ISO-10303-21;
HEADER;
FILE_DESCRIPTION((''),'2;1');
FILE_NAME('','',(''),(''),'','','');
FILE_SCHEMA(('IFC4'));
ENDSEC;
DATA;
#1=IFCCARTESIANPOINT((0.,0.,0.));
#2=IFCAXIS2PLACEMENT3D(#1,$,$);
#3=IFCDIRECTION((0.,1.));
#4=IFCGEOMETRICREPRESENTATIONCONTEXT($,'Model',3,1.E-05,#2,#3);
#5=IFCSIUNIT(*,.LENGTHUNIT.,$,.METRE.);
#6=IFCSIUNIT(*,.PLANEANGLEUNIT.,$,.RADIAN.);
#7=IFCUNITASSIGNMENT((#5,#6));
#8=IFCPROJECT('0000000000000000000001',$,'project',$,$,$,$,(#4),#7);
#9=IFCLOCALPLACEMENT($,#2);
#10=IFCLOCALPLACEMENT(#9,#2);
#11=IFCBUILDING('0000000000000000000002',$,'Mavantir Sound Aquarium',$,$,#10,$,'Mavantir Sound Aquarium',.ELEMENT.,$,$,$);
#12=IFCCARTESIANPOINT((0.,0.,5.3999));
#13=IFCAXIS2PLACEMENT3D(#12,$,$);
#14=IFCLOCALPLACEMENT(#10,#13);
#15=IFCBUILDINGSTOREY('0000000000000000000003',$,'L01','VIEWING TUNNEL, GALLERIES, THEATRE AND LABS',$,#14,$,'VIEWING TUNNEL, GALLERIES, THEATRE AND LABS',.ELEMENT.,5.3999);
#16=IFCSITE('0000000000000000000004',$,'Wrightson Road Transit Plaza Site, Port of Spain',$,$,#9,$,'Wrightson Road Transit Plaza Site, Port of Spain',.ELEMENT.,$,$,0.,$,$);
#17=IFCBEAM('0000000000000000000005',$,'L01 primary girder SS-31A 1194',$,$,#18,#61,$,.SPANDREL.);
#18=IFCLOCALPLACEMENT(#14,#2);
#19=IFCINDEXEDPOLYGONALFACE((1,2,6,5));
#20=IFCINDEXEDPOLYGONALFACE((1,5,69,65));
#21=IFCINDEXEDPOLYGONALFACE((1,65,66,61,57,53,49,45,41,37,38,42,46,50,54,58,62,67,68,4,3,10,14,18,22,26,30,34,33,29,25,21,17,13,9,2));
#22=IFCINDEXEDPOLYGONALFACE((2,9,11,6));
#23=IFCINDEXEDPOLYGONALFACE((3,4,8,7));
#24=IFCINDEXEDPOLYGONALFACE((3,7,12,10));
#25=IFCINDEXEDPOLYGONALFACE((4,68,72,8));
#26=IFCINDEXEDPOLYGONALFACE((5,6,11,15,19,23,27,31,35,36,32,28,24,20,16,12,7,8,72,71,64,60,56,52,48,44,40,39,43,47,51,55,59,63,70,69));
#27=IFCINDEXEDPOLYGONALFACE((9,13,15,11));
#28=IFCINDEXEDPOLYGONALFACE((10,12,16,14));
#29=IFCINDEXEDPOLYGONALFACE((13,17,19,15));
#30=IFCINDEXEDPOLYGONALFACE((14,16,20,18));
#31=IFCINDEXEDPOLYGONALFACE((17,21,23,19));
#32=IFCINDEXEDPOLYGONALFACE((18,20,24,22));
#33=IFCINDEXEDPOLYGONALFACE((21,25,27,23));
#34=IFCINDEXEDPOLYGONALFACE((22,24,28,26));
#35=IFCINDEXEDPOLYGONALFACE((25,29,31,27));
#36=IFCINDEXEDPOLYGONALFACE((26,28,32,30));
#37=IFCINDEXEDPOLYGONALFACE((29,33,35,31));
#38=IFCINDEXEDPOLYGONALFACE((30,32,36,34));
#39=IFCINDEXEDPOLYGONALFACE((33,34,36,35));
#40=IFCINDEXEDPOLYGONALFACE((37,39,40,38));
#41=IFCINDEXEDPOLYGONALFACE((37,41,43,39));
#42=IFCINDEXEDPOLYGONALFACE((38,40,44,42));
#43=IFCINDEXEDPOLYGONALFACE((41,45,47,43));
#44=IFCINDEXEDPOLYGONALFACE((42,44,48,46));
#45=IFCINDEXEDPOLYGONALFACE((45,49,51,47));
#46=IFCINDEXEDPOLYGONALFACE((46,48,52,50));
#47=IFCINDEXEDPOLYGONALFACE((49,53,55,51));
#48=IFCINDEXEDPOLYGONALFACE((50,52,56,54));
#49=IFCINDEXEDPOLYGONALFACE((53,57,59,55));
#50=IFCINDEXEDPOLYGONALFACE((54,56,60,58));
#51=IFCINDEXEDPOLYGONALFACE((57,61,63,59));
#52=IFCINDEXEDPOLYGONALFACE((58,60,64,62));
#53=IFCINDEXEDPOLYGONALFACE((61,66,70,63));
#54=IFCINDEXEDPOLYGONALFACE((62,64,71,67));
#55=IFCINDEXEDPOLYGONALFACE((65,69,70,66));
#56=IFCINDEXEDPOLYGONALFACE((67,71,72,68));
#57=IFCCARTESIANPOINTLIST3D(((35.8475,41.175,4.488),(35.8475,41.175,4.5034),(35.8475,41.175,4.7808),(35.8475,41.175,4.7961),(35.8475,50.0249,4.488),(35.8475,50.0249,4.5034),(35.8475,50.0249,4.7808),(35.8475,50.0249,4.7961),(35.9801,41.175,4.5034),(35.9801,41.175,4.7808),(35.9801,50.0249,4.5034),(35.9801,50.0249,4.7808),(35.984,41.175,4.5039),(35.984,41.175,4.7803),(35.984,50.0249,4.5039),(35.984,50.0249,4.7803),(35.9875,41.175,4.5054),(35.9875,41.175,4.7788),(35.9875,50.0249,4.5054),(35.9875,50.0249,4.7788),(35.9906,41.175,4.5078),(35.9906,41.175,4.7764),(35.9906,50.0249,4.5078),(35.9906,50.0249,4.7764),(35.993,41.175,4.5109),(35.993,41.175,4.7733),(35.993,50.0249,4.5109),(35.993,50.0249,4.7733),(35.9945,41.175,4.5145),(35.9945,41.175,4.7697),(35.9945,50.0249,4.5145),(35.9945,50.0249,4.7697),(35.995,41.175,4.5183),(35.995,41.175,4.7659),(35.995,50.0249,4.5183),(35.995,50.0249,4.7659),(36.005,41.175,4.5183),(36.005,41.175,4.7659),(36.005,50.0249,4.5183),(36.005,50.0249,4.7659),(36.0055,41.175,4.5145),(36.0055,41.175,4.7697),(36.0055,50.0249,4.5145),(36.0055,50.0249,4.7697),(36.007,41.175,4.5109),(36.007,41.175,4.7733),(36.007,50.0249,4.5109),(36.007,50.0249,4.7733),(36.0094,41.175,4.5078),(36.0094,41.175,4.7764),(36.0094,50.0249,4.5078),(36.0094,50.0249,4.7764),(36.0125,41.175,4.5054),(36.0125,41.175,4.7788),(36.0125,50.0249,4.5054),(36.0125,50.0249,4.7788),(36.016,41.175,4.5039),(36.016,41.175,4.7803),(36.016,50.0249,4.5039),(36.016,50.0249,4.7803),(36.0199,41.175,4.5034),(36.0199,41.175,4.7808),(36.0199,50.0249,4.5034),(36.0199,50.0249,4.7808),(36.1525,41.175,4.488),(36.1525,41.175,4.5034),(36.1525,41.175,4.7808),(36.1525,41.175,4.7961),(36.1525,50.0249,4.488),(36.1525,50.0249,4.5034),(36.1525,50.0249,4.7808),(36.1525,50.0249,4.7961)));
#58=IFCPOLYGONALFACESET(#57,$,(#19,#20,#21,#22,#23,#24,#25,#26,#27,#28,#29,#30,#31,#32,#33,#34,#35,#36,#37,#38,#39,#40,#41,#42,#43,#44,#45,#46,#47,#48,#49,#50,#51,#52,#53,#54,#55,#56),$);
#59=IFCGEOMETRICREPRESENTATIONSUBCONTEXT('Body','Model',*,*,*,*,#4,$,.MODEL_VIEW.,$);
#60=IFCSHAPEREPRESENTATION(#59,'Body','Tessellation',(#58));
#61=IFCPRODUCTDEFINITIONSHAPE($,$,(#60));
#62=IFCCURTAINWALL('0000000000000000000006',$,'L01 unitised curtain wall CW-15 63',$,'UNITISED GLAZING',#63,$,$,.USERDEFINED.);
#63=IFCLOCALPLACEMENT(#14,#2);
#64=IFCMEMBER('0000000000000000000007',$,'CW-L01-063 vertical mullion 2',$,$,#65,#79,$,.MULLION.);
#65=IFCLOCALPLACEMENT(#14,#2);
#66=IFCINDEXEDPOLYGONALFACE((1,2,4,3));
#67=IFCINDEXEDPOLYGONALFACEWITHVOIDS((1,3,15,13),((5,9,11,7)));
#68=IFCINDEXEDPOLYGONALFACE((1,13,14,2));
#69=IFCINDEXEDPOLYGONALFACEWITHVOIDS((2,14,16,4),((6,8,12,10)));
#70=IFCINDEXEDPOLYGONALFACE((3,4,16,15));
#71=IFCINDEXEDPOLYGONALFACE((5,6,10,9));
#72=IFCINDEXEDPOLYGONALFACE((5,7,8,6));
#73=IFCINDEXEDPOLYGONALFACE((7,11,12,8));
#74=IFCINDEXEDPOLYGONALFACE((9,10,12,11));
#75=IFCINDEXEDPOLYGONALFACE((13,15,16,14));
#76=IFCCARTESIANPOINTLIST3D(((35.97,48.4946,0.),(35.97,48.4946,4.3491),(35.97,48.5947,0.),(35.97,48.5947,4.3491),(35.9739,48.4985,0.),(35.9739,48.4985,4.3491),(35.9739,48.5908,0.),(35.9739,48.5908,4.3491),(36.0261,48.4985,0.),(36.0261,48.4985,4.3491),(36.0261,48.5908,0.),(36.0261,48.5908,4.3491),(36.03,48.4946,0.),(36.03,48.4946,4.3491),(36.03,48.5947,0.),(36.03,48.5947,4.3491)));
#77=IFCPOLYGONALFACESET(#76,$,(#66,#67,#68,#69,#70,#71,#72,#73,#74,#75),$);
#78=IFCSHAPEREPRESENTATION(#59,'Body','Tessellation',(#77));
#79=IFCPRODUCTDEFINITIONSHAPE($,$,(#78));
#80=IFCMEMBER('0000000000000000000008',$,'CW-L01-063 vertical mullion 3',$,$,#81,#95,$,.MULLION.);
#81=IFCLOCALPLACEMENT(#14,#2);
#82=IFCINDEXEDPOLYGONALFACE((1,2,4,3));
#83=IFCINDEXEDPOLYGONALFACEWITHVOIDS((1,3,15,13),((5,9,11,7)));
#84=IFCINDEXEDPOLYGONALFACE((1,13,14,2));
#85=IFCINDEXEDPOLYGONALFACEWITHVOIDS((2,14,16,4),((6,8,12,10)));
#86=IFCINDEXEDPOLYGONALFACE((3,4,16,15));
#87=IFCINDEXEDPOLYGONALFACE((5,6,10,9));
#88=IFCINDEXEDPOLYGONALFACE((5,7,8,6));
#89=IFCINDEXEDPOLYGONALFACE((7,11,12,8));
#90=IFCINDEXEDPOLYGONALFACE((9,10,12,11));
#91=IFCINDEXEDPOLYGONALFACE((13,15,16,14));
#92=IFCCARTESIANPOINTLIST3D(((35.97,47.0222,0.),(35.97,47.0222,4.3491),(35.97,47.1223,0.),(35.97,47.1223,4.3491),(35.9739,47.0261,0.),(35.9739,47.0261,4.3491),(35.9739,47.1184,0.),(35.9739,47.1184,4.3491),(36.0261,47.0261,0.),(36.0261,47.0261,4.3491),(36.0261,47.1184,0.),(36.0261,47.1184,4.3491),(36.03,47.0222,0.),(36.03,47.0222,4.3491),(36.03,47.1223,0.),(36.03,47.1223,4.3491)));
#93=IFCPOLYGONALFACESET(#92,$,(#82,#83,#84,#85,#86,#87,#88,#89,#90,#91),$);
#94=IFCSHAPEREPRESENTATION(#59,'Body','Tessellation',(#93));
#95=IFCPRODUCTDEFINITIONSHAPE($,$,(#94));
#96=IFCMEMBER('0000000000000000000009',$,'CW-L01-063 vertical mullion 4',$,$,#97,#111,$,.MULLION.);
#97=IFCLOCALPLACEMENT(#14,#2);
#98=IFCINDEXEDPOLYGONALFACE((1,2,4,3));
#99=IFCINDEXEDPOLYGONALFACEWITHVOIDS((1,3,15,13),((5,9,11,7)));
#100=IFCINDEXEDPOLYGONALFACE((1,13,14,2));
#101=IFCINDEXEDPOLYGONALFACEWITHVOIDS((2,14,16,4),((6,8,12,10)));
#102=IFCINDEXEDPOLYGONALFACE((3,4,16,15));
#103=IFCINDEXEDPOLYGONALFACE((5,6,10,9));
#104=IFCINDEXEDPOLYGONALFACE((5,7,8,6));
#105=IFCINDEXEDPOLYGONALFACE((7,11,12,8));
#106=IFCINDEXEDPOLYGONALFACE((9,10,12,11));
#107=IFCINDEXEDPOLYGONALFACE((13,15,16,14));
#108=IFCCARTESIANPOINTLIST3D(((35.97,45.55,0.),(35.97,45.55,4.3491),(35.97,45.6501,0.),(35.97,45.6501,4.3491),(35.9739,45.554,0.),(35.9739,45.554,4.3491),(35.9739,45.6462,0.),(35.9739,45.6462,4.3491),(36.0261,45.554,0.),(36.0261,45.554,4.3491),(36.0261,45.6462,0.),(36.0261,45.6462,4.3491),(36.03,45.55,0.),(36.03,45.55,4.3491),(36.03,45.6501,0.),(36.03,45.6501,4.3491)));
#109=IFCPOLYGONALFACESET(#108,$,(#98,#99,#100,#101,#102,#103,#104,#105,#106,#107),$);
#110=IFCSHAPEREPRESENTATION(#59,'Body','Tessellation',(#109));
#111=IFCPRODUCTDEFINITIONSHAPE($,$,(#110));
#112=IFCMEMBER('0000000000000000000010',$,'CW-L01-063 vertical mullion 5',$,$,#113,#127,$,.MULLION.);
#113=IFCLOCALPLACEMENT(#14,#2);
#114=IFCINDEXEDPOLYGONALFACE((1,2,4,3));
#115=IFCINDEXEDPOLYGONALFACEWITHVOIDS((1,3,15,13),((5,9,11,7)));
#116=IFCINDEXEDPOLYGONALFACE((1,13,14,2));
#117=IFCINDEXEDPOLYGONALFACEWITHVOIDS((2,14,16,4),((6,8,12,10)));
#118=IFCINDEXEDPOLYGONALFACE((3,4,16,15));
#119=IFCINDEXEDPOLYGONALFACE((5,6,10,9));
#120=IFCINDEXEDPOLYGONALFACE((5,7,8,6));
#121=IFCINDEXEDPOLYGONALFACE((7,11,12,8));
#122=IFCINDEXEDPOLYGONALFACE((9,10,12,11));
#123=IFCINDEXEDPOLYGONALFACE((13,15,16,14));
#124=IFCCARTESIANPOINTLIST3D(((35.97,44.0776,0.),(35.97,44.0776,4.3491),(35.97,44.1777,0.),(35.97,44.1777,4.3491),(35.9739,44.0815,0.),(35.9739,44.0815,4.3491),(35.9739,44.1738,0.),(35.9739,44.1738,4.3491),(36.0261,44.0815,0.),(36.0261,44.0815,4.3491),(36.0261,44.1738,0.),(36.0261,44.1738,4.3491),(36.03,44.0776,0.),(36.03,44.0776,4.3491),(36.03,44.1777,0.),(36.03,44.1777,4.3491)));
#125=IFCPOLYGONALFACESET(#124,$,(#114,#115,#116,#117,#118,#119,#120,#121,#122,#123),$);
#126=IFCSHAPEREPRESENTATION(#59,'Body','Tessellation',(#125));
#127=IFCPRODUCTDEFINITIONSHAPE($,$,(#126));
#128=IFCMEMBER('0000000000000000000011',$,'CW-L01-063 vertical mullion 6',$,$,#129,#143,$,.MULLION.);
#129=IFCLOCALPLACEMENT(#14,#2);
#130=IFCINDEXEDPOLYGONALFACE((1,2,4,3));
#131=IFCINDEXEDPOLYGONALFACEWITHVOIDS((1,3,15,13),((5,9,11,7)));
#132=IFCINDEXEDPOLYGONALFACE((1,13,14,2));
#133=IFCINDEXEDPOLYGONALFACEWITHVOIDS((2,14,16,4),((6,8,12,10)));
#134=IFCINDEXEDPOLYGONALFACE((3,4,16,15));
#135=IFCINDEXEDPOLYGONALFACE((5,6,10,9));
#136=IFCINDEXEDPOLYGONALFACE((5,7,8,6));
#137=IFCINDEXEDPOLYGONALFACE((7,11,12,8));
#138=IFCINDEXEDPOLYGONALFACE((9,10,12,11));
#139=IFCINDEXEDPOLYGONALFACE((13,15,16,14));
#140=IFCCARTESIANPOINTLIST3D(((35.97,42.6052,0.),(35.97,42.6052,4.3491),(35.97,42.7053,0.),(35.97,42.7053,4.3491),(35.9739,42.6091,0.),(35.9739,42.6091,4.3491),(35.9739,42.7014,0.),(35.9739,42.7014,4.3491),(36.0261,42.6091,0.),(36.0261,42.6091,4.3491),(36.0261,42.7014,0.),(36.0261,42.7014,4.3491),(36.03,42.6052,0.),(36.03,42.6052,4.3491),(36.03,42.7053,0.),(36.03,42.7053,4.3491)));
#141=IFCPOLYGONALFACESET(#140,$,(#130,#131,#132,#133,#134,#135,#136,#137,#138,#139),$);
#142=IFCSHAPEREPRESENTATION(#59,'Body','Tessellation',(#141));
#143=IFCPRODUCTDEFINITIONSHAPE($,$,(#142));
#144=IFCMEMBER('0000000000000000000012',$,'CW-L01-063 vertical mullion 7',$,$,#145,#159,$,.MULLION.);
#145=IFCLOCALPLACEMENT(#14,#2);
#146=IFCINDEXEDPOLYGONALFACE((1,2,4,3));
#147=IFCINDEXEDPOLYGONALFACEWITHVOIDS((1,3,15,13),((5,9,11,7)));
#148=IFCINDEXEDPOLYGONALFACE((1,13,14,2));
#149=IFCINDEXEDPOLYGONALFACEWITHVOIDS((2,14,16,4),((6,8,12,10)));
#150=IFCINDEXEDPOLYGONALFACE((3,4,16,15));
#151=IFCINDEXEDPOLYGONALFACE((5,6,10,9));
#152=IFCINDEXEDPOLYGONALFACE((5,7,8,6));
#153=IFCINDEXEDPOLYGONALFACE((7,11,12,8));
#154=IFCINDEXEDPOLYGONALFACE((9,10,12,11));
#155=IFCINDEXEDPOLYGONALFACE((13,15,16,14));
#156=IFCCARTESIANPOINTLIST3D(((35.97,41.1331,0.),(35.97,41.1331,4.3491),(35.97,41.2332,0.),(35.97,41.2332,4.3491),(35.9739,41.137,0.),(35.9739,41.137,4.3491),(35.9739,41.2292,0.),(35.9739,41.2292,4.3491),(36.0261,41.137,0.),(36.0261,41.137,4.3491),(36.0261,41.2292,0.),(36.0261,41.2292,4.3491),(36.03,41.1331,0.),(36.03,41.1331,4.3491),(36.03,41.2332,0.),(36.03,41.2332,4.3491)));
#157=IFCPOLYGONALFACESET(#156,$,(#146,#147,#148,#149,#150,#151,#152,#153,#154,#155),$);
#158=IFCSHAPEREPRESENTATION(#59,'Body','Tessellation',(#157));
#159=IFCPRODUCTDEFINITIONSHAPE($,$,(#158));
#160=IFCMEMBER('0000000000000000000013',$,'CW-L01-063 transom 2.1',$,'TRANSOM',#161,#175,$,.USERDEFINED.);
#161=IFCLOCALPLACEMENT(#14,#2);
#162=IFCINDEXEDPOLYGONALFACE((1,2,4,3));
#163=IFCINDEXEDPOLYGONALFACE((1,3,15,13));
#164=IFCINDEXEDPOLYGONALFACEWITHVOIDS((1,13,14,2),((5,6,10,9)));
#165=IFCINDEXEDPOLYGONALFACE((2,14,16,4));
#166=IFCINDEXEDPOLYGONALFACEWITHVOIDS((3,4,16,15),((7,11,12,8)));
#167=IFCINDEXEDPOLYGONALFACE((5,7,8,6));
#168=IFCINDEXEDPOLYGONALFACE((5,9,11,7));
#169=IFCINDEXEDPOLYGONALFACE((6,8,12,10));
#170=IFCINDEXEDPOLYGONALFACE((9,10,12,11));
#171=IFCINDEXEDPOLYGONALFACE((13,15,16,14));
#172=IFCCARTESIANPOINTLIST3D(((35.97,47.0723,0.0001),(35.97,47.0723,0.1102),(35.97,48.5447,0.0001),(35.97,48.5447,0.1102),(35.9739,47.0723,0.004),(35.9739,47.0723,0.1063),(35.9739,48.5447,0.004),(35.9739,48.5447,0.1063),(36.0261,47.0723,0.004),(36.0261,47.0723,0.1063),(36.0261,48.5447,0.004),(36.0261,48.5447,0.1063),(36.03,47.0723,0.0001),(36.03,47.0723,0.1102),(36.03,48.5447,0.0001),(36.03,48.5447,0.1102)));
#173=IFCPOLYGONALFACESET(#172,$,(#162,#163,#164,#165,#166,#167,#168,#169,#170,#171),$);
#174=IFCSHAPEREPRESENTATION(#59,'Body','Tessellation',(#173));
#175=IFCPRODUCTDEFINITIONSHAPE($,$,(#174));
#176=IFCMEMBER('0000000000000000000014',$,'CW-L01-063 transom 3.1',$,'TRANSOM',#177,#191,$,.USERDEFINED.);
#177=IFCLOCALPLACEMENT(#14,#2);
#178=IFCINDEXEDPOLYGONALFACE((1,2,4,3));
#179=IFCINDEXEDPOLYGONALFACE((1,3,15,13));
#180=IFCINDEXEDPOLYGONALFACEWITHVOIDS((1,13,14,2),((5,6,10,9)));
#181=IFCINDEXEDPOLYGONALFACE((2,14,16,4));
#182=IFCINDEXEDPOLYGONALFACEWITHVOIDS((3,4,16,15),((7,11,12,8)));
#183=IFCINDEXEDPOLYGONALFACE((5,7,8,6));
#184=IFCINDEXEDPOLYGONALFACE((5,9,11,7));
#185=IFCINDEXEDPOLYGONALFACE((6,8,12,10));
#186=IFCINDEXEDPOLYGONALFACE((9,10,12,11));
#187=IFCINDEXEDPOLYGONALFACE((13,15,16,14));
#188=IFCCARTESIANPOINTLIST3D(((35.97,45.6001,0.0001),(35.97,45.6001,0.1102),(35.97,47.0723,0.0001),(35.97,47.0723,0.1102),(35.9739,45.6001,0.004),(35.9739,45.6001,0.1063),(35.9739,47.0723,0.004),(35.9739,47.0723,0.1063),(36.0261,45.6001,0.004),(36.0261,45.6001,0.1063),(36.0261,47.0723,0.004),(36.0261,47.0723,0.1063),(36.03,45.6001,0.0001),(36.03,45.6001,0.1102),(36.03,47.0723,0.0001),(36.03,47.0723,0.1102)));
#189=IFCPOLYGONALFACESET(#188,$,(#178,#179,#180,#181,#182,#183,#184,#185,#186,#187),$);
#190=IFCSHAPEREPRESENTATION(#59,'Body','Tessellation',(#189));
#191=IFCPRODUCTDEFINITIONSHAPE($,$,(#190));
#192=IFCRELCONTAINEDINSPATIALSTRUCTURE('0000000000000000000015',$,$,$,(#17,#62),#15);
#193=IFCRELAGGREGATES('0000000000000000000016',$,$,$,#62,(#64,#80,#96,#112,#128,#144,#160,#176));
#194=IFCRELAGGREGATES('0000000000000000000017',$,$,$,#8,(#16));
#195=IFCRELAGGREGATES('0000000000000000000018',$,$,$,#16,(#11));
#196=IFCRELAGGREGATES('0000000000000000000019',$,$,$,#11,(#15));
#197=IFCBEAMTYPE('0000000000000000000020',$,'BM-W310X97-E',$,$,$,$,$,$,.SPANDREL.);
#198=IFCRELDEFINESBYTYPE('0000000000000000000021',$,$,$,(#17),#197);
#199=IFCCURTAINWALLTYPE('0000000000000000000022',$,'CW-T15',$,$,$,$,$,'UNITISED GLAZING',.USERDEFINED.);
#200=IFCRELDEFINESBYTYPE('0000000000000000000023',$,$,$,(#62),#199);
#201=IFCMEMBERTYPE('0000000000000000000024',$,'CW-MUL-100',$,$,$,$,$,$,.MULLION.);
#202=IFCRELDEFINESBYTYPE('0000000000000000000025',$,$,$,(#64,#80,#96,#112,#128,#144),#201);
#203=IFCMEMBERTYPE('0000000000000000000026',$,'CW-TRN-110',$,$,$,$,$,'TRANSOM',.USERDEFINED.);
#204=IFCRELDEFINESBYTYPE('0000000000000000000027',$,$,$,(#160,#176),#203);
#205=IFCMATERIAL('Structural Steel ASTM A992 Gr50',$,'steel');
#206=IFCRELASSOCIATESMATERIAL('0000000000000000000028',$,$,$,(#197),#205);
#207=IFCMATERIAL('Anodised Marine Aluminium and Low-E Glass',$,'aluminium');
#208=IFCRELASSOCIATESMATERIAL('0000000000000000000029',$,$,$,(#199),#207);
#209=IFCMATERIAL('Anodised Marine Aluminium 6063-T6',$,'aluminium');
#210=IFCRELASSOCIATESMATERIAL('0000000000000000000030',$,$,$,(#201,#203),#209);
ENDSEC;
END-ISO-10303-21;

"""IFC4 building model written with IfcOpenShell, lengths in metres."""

from ifc_helpers import new_model, si_unit, direction, frame, origin, origin_2d, place, context, subcontext, project, spatial, hollow_rectangle, i_section, extrude, material, material_profile, profile_set, type_object, element, aggregate, save


model = new_model("IFC4")

# Units and contexts
model_context = context("Model", 3, precision=1e-05, world=origin(), true_north=direction((0.0, 1.0)))
body_context = subcontext(model_context, "Body", "Model", "MODEL_VIEW")
ifc_project = project(units=[si_unit("LENGTHUNIT", "METRE"), si_unit("PLANEANGLEUNIT", "RADIAN")], contexts=[model_context])

# Site, building, storey
site_placement = place(None, origin())
site = spatial("IfcSite", under=ifc_project, at=site_placement, Name="Wrightson Road Transit Plaza Site, Port of Spain", LongName="Wrightson Road Transit Plaza Site, Port of Spain", CompositionType="ELEMENT", RefElevation=0.0)
building_placement = place(site_placement, origin())
building = spatial("IfcBuilding", under=site, at=building_placement, Name="Mavantir Sound Aquarium", LongName="Mavantir Sound Aquarium", CompositionType="ELEMENT")
storey_placement = place(building_placement, frame((0.0, 0.0, 5.3999)))
storey = spatial("IfcBuildingStorey", under=building, at=storey_placement, Name="L01", Description="VIEWING TUNNEL, GALLERIES, THEATRE AND LABS", LongName="VIEWING TUNNEL, GALLERIES, THEATRE AND LABS", CompositionType="ELEMENT", Elevation=5.3999)

# Beam
ifc_material_1 = material(Name="Structural Steel ASTM A992 Gr50", Category="steel")
ifc_material_profile_1 = material_profile(ifc_material_1, i_section(OverallWidth=0.3049, OverallDepth=0.3081, WebThickness=0.01, FlangeThickness=0.0154, FilletRadius=0.0149, at=origin_2d()), Name="W310X97")
ifc_profile_set_1 = profile_set([ifc_material_profile_1], Name="Structural Steel ASTM A992 Gr50")
beam_type = type_object("IfcBeamType", Name="BM-W310X97-E", PredefinedType="SPANDREL", material=ifc_profile_set_1)
beam_placement = place(storey_placement, frame((36.0, 41.175, 4.6421), z_axis=(0.0, 1.0, 0.0), x_axis=(-1.0, 0.0, 0.0)))
element("IfcBeam", 1, at=beam_placement, inside=storey, type_object=beam_type, Name="L01 primary girder SS-31A 1194", PredefinedType="SPANDREL", context=body_context, shape_type="SweptSolid", body=[
    extrude(i_section(OverallWidth=0.3049, OverallDepth=0.3081, WebThickness=0.01, FlangeThickness=0.0154, FilletRadius=0.0149, at=origin_2d()), origin(), (0.0, 0.0, 1.0), 8.8499),
])

# Curtain wall, members
ifc_material_2 = material(Name="Anodised Marine Aluminium and Low-E Glass", Category="aluminium")
curtain_wall_type = type_object("IfcCurtainWallType", Name="CW-T15", ElementType="UNITISED GLAZING", PredefinedType="USERDEFINED", material=ifc_material_2)
curtain_wall_placement = place(storey_placement, origin())
curtain_wall = element("IfcCurtainWall", 2, at=curtain_wall_placement, inside=storey, type_object=curtain_wall_type, Name="L01 unitised curtain wall CW-15 63", ObjectType="UNITISED GLAZING", PredefinedType="USERDEFINED")
ifc_material_3 = material(Name="Anodised Marine Aluminium 6063-T6", Category="aluminium")
ifc_material_profile_2 = material_profile(ifc_material_3, hollow_rectangle(XDim=0.0601, YDim=0.1001, WallThickness=0.0039, at=origin_2d()), Name="ALU-MULLION-100X60")
ifc_profile_set_2 = profile_set([ifc_material_profile_2], Name="Anodised Marine Aluminium 6063-T6")
member_type_1 = type_object("IfcMemberType", Name="CW-MUL-100", PredefinedType="MULLION", material=ifc_profile_set_2)
member_1_placement = place(storey_placement, frame((36.0, 48.5447, 0.0), z_axis=(0.0, 0.0, 1.0), x_axis=(1.0, 0.0, 0.0)))
member_1 = element("IfcMember", 3, at=member_1_placement, type_object=member_type_1, Name="CW-L01-063 vertical mullion 2", PredefinedType="MULLION", context=body_context, shape_type="SweptSolid", body=[
    extrude(hollow_rectangle(XDim=0.0601, YDim=0.1001, WallThickness=0.0039, at=origin_2d()), origin(), (0.0, 0.0, 1.0), 4.3491),
])
member_2_placement = place(storey_placement, frame((36.0, 47.0723, 0.0), z_axis=(0.0, 0.0, 1.0), x_axis=(1.0, 0.0, 0.0)))
member_2 = element("IfcMember", 4, at=member_2_placement, type_object=member_type_1, Name="CW-L01-063 vertical mullion 3", PredefinedType="MULLION", context=body_context, shape_type="SweptSolid", body=[
    extrude(hollow_rectangle(XDim=0.0601, YDim=0.1001, WallThickness=0.0039, at=origin_2d()), origin(), (0.0, 0.0, 1.0), 4.3491),
])
member_3_placement = place(storey_placement, frame((36.0, 45.6001, 0.0), z_axis=(0.0, 0.0, 1.0), x_axis=(1.0, 0.0, 0.0)))
member_3 = element("IfcMember", 5, at=member_3_placement, type_object=member_type_1, Name="CW-L01-063 vertical mullion 4", PredefinedType="MULLION", context=body_context, shape_type="SweptSolid", body=[
    extrude(hollow_rectangle(XDim=0.0601, YDim=0.1001, WallThickness=0.0039, at=origin_2d()), origin(), (0.0, 0.0, 1.0), 4.3491),
])
member_4_placement = place(storey_placement, frame((36.0, 44.1277, 0.0), z_axis=(0.0, 0.0, 1.0), x_axis=(1.0, 0.0, 0.0)))
member_4 = element("IfcMember", 6, at=member_4_placement, type_object=member_type_1, Name="CW-L01-063 vertical mullion 5", PredefinedType="MULLION", context=body_context, shape_type="SweptSolid", body=[
    extrude(hollow_rectangle(XDim=0.0601, YDim=0.1001, WallThickness=0.0039, at=origin_2d()), origin(), (0.0, 0.0, 1.0), 4.3491),
])
member_5_placement = place(storey_placement, frame((36.0, 42.6553, 0.0), z_axis=(0.0, 0.0, 1.0), x_axis=(1.0, 0.0, 0.0)))
member_5 = element("IfcMember", 7, at=member_5_placement, type_object=member_type_1, Name="CW-L01-063 vertical mullion 6", PredefinedType="MULLION", context=body_context, shape_type="SweptSolid", body=[
    extrude(hollow_rectangle(XDim=0.0601, YDim=0.1001, WallThickness=0.0039, at=origin_2d()), origin(), (0.0, 0.0, 1.0), 4.3491),
])
member_6_placement = place(storey_placement, frame((36.0, 41.1831, 0.0), z_axis=(0.0, 0.0, 1.0), x_axis=(1.0, 0.0, 0.0)))
member_6 = element("IfcMember", 8, at=member_6_placement, type_object=member_type_1, Name="CW-L01-063 vertical mullion 7", PredefinedType="MULLION", context=body_context, shape_type="SweptSolid", body=[
    extrude(hollow_rectangle(XDim=0.0601, YDim=0.1001, WallThickness=0.0039, at=origin_2d()), origin(), (0.0, 0.0, 1.0), 4.3491),
])
ifc_material_profile_3 = material_profile(ifc_material_3, hollow_rectangle(XDim=0.0601, YDim=0.1101, WallThickness=0.0039, at=origin_2d()), Name="ALU-TRANSOM-110X60")
ifc_profile_set_3 = profile_set([ifc_material_profile_3], Name="Anodised Marine Aluminium 6063-T6")
member_type_2 = type_object("IfcMemberType", Name="CW-TRN-110", ElementType="TRANSOM", PredefinedType="USERDEFINED", material=ifc_profile_set_3)
member_7_placement = place(storey_placement, frame((36.0, 48.5447, 0.0552), z_axis=(0.0, -1.0, 0.0), x_axis=(1.0, 0.0, 0.0)))
member_7 = element("IfcMember", 9, at=member_7_placement, type_object=member_type_2, Name="CW-L01-063 transom 2.1", ObjectType="TRANSOM", PredefinedType="USERDEFINED", context=body_context, shape_type="SweptSolid", body=[
    extrude(hollow_rectangle(XDim=0.0601, YDim=0.1101, WallThickness=0.0039, at=origin_2d()), origin(), (0.0, 0.0, 1.0), 1.4724),
])
member_8_placement = place(storey_placement, frame((36.0, 47.0723, 0.0552), z_axis=(0.0, -1.0, 0.0), x_axis=(1.0, 0.0, 0.0)))
member_8 = element("IfcMember", 10, at=member_8_placement, type_object=member_type_2, Name="CW-L01-063 transom 3.1", ObjectType="TRANSOM", PredefinedType="USERDEFINED", context=body_context, shape_type="SweptSolid", body=[
    extrude(hollow_rectangle(XDim=0.0601, YDim=0.1101, WallThickness=0.0039, at=origin_2d()), origin(), (0.0, 0.0, 1.0), 1.4722),
])
aggregate(curtain_wall, [member_1, member_2, member_3, member_4, member_5, member_6, member_7, member_8])

save(model, "model.ifc")
